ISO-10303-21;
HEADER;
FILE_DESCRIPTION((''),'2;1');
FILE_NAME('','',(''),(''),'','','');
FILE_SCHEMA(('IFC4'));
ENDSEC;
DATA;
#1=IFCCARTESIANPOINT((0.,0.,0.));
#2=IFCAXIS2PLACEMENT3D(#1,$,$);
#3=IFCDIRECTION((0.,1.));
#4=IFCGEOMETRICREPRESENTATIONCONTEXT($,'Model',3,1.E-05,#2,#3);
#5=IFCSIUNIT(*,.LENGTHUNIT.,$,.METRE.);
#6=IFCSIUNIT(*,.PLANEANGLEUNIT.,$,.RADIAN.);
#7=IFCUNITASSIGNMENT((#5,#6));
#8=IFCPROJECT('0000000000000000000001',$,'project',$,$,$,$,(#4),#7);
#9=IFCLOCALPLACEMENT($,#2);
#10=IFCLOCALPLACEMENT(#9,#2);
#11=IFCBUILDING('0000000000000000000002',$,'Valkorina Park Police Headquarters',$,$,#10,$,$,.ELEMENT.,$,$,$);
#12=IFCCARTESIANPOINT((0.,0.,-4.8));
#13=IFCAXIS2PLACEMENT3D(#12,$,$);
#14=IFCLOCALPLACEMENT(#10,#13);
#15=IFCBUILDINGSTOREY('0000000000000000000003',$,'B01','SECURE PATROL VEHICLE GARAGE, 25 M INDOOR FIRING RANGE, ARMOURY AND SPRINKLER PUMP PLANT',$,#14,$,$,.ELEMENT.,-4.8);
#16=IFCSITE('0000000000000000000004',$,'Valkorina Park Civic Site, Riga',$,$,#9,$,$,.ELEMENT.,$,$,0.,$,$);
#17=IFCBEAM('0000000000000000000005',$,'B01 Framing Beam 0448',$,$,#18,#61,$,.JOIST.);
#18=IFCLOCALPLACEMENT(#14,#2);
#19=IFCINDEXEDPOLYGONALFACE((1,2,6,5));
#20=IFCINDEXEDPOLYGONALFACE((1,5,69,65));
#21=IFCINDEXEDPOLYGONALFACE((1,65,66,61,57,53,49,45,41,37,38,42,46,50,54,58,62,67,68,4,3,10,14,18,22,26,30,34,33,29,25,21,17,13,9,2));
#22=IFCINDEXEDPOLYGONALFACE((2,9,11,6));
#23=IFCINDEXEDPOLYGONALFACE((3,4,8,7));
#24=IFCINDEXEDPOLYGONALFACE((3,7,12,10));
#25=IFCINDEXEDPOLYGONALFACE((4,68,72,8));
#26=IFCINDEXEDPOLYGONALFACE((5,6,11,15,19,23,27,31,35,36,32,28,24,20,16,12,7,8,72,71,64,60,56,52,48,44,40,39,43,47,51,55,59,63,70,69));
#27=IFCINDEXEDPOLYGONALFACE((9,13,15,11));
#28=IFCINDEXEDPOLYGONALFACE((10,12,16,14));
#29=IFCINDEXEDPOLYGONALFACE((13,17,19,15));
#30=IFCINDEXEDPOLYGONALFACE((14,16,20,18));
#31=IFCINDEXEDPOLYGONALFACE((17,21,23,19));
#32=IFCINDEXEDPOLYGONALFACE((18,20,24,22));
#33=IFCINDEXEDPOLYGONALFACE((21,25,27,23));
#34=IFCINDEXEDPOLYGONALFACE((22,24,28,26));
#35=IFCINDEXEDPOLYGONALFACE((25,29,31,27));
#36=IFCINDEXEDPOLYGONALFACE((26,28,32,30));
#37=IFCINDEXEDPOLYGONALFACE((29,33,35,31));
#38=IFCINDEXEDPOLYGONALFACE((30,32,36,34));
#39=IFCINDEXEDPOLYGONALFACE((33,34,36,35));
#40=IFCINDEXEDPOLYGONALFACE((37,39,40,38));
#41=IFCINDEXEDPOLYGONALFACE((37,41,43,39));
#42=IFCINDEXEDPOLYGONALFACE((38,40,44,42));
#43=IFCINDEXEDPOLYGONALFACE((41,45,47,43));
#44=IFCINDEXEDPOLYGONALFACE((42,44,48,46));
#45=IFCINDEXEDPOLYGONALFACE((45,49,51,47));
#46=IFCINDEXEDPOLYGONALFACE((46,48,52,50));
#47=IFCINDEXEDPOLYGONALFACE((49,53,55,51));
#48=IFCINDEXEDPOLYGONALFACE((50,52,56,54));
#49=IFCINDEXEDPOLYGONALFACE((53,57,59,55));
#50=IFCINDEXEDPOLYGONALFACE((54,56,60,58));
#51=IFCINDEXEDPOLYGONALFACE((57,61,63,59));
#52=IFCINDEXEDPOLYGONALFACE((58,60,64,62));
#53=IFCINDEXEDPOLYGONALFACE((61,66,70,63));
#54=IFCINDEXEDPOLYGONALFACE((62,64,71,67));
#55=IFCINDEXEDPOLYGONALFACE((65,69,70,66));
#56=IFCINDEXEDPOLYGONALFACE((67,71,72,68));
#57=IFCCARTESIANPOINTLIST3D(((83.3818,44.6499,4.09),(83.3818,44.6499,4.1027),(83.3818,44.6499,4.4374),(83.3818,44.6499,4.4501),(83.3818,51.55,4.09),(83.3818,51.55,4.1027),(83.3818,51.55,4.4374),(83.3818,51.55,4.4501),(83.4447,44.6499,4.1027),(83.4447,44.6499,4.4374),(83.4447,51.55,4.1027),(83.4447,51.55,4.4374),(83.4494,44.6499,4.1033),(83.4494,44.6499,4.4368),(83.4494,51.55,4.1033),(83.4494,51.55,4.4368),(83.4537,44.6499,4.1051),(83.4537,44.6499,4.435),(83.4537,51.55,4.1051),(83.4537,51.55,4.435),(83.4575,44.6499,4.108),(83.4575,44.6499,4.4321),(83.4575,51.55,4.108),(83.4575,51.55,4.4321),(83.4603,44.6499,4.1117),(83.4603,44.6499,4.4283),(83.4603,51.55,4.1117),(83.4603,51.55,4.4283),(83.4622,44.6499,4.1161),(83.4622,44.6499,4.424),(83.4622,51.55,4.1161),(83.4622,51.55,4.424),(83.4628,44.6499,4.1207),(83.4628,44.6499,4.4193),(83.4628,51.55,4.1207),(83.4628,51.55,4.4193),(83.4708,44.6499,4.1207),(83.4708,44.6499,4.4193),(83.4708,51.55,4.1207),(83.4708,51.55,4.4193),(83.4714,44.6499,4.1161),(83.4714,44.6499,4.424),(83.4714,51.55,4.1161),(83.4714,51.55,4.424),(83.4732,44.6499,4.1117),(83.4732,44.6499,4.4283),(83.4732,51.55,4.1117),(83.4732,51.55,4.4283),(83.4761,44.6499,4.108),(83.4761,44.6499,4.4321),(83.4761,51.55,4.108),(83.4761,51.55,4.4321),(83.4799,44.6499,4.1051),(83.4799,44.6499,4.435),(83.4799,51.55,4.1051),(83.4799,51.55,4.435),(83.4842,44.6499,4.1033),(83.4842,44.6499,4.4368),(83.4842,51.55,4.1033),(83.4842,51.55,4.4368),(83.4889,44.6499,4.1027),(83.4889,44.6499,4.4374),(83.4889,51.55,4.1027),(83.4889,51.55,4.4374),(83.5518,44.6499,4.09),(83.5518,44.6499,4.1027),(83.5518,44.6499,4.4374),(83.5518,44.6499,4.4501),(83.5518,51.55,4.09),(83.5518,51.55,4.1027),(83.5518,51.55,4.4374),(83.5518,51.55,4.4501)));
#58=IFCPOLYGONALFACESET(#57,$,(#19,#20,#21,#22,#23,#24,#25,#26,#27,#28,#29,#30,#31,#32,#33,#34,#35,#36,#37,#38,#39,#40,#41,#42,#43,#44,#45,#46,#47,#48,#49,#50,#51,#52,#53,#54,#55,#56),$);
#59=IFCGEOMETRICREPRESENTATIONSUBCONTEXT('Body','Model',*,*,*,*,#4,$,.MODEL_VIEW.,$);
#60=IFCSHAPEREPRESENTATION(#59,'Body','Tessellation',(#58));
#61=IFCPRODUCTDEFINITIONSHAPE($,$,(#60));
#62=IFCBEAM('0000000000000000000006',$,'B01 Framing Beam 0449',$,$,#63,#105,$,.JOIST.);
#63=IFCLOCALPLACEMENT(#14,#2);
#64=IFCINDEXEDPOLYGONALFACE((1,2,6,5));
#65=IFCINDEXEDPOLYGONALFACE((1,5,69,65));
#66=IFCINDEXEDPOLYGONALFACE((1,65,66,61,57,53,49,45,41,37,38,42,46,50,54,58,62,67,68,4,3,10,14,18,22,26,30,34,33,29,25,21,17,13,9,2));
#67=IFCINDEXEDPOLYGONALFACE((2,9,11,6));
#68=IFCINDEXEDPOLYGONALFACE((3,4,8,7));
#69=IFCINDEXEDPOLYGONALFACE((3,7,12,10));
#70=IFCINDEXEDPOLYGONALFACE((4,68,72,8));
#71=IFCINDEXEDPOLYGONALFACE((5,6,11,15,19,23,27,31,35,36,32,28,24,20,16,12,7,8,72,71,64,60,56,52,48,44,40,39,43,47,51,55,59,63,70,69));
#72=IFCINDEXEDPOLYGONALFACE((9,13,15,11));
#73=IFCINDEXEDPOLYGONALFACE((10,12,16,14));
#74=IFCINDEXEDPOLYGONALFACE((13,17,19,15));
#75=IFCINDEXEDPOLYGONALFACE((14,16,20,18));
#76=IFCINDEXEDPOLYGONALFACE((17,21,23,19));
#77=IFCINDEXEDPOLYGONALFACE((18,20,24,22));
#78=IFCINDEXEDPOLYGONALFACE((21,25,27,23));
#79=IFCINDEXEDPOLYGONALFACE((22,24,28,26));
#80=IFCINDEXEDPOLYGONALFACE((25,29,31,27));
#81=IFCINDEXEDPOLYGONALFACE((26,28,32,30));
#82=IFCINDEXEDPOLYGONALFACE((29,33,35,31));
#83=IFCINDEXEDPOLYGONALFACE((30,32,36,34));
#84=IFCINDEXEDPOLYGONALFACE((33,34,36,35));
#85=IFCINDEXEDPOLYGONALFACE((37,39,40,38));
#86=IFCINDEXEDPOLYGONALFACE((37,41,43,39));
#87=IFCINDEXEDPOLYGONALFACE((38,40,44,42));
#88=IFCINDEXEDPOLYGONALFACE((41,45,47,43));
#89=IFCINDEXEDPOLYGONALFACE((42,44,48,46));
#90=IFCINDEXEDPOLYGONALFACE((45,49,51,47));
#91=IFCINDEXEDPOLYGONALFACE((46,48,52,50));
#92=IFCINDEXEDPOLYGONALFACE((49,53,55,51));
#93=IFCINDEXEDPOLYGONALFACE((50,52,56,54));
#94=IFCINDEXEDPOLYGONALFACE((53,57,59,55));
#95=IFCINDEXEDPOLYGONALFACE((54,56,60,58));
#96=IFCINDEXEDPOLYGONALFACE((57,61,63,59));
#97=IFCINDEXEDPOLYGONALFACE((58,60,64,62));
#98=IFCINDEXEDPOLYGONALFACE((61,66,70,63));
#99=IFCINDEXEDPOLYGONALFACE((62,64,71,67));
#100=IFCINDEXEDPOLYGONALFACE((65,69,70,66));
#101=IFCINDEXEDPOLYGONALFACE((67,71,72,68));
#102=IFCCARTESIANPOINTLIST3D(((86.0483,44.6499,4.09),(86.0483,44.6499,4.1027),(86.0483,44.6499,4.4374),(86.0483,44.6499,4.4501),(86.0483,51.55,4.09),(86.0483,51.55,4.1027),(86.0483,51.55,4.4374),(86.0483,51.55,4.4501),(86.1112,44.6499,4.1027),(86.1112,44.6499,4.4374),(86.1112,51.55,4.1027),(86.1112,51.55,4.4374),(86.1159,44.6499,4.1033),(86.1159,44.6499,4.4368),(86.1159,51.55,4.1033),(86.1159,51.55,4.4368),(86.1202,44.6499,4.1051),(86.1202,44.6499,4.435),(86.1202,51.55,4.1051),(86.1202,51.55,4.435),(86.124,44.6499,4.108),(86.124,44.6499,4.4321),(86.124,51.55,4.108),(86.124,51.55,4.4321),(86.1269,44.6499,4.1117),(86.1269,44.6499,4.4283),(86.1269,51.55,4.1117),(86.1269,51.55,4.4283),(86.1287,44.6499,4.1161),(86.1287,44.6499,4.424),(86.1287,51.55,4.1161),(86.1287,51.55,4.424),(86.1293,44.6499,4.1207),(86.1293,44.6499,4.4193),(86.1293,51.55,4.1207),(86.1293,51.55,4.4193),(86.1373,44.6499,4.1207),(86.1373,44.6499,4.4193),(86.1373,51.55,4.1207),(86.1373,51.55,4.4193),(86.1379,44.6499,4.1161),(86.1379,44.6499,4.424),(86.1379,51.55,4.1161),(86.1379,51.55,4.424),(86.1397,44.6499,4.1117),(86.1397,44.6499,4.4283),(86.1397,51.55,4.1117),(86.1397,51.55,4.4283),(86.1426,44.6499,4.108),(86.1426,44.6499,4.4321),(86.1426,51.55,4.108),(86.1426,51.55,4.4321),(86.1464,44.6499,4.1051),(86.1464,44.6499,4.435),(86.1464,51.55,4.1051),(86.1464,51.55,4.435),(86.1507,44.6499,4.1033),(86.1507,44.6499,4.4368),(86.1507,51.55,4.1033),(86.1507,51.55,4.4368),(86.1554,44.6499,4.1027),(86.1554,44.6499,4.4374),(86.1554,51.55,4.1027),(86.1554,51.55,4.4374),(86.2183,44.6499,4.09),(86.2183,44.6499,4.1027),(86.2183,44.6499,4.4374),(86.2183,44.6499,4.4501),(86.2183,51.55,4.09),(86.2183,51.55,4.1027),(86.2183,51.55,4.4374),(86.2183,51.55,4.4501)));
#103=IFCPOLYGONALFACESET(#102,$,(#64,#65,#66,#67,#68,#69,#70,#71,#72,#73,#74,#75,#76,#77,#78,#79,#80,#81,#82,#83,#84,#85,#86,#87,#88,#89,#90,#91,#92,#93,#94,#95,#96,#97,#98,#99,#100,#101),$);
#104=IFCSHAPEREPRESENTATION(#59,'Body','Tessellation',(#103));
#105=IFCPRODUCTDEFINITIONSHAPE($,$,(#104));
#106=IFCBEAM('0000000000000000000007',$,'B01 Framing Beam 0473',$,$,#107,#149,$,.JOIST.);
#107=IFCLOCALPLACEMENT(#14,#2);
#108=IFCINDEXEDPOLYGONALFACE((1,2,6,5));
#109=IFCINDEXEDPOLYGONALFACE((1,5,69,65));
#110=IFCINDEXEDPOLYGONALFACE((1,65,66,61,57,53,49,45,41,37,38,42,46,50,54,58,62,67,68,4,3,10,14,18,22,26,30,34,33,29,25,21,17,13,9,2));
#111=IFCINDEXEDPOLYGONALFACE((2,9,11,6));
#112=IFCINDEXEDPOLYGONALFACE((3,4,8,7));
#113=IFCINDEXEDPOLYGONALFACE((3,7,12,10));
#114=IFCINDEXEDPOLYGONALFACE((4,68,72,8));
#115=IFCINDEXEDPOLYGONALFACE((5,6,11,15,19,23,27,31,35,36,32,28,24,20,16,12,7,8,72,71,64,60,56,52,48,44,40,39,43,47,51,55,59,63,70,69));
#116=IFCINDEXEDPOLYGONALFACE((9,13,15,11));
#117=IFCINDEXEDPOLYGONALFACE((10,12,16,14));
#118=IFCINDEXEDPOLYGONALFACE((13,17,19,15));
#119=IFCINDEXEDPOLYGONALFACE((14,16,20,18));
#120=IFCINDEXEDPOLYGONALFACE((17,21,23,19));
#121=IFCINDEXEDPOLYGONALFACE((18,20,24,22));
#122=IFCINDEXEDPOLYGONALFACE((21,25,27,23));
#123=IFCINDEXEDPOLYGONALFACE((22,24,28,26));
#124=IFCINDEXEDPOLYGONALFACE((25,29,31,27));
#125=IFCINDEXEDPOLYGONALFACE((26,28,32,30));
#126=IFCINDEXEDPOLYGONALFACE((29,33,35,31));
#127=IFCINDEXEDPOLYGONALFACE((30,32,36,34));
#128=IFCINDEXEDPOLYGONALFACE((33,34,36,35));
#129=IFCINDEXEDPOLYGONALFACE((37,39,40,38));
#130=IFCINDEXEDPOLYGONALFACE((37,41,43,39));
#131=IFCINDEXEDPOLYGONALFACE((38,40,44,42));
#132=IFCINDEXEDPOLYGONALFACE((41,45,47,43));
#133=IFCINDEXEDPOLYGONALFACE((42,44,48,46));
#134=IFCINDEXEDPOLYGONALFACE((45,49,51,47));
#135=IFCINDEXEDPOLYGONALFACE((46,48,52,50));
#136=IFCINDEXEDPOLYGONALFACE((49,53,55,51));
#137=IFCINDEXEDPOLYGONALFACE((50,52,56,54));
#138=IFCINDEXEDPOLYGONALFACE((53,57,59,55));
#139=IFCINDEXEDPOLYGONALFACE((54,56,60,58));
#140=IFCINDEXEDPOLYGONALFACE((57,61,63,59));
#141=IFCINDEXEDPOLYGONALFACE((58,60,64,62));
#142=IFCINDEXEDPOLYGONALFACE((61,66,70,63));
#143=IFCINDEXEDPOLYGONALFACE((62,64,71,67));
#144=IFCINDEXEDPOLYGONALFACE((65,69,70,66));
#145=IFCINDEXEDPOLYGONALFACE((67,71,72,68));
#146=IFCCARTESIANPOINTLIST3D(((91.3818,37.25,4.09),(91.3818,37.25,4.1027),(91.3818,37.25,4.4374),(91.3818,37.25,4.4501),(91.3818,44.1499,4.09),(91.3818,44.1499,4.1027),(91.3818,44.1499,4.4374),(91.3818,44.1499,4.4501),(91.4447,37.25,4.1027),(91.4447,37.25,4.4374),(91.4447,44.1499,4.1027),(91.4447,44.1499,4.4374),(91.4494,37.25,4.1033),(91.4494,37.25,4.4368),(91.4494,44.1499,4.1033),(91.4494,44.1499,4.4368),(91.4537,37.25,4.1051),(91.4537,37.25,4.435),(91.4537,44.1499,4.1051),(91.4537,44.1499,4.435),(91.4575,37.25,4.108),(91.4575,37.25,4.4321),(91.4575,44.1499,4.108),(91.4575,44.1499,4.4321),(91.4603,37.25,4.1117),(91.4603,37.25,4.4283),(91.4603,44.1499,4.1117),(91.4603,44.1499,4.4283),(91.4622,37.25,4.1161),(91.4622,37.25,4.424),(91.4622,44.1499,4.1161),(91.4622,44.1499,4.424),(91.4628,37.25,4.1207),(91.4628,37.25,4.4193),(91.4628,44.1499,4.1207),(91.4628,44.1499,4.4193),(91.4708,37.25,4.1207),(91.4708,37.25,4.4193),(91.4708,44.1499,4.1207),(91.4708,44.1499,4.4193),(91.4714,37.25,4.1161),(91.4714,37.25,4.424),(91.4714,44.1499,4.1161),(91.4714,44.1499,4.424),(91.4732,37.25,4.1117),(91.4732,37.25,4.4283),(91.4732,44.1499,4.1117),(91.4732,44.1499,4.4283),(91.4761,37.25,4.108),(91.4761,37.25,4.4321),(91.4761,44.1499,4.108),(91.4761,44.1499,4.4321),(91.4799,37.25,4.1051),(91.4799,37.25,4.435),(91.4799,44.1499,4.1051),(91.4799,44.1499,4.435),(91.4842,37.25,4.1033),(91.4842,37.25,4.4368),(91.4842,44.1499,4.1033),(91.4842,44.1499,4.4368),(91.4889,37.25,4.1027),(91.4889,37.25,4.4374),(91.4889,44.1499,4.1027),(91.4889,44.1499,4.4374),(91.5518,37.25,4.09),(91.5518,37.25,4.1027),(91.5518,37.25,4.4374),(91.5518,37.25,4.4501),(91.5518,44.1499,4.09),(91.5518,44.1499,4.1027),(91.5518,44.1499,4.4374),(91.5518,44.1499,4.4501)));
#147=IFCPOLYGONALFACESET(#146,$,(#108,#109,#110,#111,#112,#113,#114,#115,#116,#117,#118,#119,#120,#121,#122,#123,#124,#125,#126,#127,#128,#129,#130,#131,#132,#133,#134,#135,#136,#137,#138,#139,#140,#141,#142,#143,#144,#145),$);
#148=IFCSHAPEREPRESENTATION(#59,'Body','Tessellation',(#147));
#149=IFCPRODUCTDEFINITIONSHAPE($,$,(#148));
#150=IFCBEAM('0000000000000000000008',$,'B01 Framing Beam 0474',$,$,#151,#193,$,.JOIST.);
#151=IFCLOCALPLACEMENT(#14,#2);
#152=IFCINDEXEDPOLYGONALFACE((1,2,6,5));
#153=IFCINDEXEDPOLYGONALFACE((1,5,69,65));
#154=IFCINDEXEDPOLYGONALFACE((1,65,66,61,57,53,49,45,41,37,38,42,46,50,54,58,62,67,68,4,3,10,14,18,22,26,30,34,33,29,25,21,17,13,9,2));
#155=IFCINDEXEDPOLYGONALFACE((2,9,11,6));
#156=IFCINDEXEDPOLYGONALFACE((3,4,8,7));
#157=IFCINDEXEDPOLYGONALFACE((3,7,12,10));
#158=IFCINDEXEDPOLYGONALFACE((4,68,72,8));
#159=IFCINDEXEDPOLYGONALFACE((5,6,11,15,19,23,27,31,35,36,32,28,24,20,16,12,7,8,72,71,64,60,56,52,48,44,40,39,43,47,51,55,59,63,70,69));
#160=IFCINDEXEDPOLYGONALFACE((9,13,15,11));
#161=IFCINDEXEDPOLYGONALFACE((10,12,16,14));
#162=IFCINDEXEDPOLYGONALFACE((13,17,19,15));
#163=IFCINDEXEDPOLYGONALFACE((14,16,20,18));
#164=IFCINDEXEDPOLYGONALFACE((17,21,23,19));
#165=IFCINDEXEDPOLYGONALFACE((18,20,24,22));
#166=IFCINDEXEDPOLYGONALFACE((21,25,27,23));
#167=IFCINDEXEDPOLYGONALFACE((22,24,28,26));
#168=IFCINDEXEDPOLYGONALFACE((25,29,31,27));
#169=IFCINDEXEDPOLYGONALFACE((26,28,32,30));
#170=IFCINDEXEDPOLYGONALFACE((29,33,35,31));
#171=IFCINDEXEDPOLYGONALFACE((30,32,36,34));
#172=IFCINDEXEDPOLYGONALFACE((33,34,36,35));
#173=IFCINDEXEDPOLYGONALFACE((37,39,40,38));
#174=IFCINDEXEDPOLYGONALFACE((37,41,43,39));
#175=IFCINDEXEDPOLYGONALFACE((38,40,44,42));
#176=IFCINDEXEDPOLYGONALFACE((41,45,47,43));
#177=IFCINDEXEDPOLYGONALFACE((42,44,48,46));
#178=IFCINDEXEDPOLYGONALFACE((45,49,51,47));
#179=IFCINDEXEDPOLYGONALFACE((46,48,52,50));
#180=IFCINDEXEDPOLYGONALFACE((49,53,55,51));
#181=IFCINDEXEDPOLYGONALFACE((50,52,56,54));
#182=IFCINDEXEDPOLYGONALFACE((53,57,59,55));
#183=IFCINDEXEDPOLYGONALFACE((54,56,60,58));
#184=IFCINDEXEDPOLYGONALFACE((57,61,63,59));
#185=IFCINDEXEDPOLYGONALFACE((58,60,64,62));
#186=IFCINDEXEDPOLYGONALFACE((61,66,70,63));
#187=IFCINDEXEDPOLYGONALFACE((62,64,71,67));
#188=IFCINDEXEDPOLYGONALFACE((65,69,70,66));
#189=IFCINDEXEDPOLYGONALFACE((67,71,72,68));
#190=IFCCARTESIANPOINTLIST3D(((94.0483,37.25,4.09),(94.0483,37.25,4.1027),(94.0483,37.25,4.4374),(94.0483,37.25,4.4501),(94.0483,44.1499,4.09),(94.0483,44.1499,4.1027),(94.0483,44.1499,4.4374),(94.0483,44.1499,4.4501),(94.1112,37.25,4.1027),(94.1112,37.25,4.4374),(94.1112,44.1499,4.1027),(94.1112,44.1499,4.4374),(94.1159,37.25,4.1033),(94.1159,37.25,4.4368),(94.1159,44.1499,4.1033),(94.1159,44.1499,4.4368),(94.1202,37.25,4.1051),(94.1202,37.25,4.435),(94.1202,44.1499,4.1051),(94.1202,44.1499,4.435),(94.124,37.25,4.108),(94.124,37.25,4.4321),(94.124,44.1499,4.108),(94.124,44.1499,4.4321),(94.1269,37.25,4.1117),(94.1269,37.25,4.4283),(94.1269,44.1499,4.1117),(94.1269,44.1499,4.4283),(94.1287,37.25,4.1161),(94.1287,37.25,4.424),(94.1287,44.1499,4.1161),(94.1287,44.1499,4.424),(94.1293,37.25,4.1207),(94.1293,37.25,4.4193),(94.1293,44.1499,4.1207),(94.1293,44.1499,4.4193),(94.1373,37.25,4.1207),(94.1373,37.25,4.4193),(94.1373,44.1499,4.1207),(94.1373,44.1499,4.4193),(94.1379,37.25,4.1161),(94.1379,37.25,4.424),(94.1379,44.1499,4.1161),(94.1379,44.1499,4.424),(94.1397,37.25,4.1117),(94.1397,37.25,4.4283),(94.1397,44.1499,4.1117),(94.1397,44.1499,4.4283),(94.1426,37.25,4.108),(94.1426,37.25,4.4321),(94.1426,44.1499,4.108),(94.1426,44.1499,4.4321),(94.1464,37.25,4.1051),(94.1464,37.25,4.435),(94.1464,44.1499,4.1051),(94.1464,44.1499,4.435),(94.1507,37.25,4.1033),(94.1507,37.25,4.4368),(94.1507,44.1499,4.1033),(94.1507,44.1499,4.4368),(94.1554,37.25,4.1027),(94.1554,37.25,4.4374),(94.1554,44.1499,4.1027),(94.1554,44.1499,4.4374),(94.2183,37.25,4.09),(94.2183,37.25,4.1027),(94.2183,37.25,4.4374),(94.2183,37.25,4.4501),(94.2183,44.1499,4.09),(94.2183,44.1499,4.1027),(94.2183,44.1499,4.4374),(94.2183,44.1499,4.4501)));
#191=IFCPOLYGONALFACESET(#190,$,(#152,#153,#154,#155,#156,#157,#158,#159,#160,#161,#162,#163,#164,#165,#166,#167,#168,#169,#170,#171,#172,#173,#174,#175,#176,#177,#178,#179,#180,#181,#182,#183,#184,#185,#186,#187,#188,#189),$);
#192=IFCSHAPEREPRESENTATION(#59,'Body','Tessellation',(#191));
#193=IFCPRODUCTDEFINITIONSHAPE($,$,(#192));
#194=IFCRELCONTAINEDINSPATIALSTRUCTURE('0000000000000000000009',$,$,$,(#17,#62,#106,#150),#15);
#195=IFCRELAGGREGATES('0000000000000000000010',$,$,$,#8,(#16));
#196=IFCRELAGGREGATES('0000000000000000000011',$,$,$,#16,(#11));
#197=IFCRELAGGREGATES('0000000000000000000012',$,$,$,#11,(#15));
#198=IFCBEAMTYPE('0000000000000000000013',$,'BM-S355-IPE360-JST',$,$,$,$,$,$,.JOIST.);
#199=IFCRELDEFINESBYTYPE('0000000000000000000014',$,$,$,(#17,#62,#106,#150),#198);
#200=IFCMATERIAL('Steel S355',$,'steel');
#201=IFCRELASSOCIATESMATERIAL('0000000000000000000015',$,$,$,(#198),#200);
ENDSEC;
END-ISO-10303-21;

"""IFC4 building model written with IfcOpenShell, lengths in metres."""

from ifc_helpers import new_model, si_unit, direction, frame, origin, origin_2d, place, context, subcontext, project, spatial, i_section, extrude, material, material_profile, profile_set, type_object, element, save


model = new_model("IFC4")

# Units and contexts
model_context = context("Model", 3, precision=1e-05, world=origin(), true_north=direction((0.0, 1.0)))
body_context = subcontext(model_context, "Body", "Model", "MODEL_VIEW")
ifc_project = project(units=[si_unit("LENGTHUNIT", "METRE"), si_unit("PLANEANGLEUNIT", "RADIAN")], contexts=[model_context])

# Site, building, storey
site_placement = place(None, origin())
site = spatial("IfcSite", under=ifc_project, at=site_placement, Name="Valkorina Park Civic Site, Riga", CompositionType="ELEMENT", RefElevation=0.0)
building_placement = place(site_placement, origin())
building = spatial("IfcBuilding", under=site, at=building_placement, Name="Valkorina Park Police Headquarters", CompositionType="ELEMENT")
storey_placement = place(building_placement, frame((0.0, 0.0, -4.8)))
storey = spatial("IfcBuildingStorey", under=building, at=storey_placement, Name="B01", Description="SECURE PATROL VEHICLE GARAGE, 25 M INDOOR FIRING RANGE, ARMOURY AND SPRINKLER PUMP PLANT", CompositionType="ELEMENT", Elevation=-4.8)

# Beams
ifc_material_1 = material(Name="Steel S355", Category="steel")
ifc_material_profile_1 = material_profile(ifc_material_1, i_section(OverallWidth=0.1699, OverallDepth=0.3601, WebThickness=0.0081, FlangeThickness=0.0127, FilletRadius=0.0181, at=origin_2d()), Name="IPE 360")
ifc_profile_set_1 = profile_set([ifc_material_profile_1], Name="Steel S355")
beam_type_1 = type_object("IfcBeamType", Name="BM-S355-IPE360-JST", PredefinedType="JOIST", material=ifc_profile_set_1)
for number, where, z_axis, x_axis, name in (
    (1, (83.4668, 44.6499, 4.27), (0.0, 1.0, 0.0), (-1.0, 0.0, 0.0), "B01 Framing Beam 0448"),
    (2, (86.1333, 44.6499, 4.27), (0.0, 1.0, 0.0), (-1.0, 0.0, 0.0), "B01 Framing Beam 0449"),
):
    element("IfcBeam", number, at=place(storey_placement, frame(where, z_axis=z_axis, x_axis=x_axis)), inside=storey, type_object=beam_type_1, Name=name, PredefinedType="JOIST", context=body_context, shape_type="SweptSolid", body=[
        extrude(i_section(OverallWidth=0.1699, OverallDepth=0.3601, WebThickness=0.0081, FlangeThickness=0.0127, FilletRadius=0.0181, at=origin_2d()), origin(), (0.0, 0.0, 1.0), 6.9001),
    ])
for number, where, z_axis, x_axis, name in (
    (3, (91.4668, 37.25, 4.27), (0.0, 1.0, 0.0), (-1.0, 0.0, 0.0), "B01 Framing Beam 0473"),
    (4, (94.1333, 37.25, 4.27), (0.0, 1.0, 0.0), (-1.0, 0.0, 0.0), "B01 Framing Beam 0474"),
):
    element("IfcBeam", number, at=place(storey_placement, frame(where, z_axis=z_axis, x_axis=x_axis)), inside=storey, type_object=beam_type_1, Name=name, PredefinedType="JOIST", context=body_context, shape_type="SweptSolid", body=[
        extrude(i_section(OverallWidth=0.1699, OverallDepth=0.3601, WebThickness=0.0081, FlangeThickness=0.0127, FilletRadius=0.0181, at=origin_2d()), origin(), (0.0, 0.0, 1.0), 6.8999),
    ])

save(model, "model.ifc")
